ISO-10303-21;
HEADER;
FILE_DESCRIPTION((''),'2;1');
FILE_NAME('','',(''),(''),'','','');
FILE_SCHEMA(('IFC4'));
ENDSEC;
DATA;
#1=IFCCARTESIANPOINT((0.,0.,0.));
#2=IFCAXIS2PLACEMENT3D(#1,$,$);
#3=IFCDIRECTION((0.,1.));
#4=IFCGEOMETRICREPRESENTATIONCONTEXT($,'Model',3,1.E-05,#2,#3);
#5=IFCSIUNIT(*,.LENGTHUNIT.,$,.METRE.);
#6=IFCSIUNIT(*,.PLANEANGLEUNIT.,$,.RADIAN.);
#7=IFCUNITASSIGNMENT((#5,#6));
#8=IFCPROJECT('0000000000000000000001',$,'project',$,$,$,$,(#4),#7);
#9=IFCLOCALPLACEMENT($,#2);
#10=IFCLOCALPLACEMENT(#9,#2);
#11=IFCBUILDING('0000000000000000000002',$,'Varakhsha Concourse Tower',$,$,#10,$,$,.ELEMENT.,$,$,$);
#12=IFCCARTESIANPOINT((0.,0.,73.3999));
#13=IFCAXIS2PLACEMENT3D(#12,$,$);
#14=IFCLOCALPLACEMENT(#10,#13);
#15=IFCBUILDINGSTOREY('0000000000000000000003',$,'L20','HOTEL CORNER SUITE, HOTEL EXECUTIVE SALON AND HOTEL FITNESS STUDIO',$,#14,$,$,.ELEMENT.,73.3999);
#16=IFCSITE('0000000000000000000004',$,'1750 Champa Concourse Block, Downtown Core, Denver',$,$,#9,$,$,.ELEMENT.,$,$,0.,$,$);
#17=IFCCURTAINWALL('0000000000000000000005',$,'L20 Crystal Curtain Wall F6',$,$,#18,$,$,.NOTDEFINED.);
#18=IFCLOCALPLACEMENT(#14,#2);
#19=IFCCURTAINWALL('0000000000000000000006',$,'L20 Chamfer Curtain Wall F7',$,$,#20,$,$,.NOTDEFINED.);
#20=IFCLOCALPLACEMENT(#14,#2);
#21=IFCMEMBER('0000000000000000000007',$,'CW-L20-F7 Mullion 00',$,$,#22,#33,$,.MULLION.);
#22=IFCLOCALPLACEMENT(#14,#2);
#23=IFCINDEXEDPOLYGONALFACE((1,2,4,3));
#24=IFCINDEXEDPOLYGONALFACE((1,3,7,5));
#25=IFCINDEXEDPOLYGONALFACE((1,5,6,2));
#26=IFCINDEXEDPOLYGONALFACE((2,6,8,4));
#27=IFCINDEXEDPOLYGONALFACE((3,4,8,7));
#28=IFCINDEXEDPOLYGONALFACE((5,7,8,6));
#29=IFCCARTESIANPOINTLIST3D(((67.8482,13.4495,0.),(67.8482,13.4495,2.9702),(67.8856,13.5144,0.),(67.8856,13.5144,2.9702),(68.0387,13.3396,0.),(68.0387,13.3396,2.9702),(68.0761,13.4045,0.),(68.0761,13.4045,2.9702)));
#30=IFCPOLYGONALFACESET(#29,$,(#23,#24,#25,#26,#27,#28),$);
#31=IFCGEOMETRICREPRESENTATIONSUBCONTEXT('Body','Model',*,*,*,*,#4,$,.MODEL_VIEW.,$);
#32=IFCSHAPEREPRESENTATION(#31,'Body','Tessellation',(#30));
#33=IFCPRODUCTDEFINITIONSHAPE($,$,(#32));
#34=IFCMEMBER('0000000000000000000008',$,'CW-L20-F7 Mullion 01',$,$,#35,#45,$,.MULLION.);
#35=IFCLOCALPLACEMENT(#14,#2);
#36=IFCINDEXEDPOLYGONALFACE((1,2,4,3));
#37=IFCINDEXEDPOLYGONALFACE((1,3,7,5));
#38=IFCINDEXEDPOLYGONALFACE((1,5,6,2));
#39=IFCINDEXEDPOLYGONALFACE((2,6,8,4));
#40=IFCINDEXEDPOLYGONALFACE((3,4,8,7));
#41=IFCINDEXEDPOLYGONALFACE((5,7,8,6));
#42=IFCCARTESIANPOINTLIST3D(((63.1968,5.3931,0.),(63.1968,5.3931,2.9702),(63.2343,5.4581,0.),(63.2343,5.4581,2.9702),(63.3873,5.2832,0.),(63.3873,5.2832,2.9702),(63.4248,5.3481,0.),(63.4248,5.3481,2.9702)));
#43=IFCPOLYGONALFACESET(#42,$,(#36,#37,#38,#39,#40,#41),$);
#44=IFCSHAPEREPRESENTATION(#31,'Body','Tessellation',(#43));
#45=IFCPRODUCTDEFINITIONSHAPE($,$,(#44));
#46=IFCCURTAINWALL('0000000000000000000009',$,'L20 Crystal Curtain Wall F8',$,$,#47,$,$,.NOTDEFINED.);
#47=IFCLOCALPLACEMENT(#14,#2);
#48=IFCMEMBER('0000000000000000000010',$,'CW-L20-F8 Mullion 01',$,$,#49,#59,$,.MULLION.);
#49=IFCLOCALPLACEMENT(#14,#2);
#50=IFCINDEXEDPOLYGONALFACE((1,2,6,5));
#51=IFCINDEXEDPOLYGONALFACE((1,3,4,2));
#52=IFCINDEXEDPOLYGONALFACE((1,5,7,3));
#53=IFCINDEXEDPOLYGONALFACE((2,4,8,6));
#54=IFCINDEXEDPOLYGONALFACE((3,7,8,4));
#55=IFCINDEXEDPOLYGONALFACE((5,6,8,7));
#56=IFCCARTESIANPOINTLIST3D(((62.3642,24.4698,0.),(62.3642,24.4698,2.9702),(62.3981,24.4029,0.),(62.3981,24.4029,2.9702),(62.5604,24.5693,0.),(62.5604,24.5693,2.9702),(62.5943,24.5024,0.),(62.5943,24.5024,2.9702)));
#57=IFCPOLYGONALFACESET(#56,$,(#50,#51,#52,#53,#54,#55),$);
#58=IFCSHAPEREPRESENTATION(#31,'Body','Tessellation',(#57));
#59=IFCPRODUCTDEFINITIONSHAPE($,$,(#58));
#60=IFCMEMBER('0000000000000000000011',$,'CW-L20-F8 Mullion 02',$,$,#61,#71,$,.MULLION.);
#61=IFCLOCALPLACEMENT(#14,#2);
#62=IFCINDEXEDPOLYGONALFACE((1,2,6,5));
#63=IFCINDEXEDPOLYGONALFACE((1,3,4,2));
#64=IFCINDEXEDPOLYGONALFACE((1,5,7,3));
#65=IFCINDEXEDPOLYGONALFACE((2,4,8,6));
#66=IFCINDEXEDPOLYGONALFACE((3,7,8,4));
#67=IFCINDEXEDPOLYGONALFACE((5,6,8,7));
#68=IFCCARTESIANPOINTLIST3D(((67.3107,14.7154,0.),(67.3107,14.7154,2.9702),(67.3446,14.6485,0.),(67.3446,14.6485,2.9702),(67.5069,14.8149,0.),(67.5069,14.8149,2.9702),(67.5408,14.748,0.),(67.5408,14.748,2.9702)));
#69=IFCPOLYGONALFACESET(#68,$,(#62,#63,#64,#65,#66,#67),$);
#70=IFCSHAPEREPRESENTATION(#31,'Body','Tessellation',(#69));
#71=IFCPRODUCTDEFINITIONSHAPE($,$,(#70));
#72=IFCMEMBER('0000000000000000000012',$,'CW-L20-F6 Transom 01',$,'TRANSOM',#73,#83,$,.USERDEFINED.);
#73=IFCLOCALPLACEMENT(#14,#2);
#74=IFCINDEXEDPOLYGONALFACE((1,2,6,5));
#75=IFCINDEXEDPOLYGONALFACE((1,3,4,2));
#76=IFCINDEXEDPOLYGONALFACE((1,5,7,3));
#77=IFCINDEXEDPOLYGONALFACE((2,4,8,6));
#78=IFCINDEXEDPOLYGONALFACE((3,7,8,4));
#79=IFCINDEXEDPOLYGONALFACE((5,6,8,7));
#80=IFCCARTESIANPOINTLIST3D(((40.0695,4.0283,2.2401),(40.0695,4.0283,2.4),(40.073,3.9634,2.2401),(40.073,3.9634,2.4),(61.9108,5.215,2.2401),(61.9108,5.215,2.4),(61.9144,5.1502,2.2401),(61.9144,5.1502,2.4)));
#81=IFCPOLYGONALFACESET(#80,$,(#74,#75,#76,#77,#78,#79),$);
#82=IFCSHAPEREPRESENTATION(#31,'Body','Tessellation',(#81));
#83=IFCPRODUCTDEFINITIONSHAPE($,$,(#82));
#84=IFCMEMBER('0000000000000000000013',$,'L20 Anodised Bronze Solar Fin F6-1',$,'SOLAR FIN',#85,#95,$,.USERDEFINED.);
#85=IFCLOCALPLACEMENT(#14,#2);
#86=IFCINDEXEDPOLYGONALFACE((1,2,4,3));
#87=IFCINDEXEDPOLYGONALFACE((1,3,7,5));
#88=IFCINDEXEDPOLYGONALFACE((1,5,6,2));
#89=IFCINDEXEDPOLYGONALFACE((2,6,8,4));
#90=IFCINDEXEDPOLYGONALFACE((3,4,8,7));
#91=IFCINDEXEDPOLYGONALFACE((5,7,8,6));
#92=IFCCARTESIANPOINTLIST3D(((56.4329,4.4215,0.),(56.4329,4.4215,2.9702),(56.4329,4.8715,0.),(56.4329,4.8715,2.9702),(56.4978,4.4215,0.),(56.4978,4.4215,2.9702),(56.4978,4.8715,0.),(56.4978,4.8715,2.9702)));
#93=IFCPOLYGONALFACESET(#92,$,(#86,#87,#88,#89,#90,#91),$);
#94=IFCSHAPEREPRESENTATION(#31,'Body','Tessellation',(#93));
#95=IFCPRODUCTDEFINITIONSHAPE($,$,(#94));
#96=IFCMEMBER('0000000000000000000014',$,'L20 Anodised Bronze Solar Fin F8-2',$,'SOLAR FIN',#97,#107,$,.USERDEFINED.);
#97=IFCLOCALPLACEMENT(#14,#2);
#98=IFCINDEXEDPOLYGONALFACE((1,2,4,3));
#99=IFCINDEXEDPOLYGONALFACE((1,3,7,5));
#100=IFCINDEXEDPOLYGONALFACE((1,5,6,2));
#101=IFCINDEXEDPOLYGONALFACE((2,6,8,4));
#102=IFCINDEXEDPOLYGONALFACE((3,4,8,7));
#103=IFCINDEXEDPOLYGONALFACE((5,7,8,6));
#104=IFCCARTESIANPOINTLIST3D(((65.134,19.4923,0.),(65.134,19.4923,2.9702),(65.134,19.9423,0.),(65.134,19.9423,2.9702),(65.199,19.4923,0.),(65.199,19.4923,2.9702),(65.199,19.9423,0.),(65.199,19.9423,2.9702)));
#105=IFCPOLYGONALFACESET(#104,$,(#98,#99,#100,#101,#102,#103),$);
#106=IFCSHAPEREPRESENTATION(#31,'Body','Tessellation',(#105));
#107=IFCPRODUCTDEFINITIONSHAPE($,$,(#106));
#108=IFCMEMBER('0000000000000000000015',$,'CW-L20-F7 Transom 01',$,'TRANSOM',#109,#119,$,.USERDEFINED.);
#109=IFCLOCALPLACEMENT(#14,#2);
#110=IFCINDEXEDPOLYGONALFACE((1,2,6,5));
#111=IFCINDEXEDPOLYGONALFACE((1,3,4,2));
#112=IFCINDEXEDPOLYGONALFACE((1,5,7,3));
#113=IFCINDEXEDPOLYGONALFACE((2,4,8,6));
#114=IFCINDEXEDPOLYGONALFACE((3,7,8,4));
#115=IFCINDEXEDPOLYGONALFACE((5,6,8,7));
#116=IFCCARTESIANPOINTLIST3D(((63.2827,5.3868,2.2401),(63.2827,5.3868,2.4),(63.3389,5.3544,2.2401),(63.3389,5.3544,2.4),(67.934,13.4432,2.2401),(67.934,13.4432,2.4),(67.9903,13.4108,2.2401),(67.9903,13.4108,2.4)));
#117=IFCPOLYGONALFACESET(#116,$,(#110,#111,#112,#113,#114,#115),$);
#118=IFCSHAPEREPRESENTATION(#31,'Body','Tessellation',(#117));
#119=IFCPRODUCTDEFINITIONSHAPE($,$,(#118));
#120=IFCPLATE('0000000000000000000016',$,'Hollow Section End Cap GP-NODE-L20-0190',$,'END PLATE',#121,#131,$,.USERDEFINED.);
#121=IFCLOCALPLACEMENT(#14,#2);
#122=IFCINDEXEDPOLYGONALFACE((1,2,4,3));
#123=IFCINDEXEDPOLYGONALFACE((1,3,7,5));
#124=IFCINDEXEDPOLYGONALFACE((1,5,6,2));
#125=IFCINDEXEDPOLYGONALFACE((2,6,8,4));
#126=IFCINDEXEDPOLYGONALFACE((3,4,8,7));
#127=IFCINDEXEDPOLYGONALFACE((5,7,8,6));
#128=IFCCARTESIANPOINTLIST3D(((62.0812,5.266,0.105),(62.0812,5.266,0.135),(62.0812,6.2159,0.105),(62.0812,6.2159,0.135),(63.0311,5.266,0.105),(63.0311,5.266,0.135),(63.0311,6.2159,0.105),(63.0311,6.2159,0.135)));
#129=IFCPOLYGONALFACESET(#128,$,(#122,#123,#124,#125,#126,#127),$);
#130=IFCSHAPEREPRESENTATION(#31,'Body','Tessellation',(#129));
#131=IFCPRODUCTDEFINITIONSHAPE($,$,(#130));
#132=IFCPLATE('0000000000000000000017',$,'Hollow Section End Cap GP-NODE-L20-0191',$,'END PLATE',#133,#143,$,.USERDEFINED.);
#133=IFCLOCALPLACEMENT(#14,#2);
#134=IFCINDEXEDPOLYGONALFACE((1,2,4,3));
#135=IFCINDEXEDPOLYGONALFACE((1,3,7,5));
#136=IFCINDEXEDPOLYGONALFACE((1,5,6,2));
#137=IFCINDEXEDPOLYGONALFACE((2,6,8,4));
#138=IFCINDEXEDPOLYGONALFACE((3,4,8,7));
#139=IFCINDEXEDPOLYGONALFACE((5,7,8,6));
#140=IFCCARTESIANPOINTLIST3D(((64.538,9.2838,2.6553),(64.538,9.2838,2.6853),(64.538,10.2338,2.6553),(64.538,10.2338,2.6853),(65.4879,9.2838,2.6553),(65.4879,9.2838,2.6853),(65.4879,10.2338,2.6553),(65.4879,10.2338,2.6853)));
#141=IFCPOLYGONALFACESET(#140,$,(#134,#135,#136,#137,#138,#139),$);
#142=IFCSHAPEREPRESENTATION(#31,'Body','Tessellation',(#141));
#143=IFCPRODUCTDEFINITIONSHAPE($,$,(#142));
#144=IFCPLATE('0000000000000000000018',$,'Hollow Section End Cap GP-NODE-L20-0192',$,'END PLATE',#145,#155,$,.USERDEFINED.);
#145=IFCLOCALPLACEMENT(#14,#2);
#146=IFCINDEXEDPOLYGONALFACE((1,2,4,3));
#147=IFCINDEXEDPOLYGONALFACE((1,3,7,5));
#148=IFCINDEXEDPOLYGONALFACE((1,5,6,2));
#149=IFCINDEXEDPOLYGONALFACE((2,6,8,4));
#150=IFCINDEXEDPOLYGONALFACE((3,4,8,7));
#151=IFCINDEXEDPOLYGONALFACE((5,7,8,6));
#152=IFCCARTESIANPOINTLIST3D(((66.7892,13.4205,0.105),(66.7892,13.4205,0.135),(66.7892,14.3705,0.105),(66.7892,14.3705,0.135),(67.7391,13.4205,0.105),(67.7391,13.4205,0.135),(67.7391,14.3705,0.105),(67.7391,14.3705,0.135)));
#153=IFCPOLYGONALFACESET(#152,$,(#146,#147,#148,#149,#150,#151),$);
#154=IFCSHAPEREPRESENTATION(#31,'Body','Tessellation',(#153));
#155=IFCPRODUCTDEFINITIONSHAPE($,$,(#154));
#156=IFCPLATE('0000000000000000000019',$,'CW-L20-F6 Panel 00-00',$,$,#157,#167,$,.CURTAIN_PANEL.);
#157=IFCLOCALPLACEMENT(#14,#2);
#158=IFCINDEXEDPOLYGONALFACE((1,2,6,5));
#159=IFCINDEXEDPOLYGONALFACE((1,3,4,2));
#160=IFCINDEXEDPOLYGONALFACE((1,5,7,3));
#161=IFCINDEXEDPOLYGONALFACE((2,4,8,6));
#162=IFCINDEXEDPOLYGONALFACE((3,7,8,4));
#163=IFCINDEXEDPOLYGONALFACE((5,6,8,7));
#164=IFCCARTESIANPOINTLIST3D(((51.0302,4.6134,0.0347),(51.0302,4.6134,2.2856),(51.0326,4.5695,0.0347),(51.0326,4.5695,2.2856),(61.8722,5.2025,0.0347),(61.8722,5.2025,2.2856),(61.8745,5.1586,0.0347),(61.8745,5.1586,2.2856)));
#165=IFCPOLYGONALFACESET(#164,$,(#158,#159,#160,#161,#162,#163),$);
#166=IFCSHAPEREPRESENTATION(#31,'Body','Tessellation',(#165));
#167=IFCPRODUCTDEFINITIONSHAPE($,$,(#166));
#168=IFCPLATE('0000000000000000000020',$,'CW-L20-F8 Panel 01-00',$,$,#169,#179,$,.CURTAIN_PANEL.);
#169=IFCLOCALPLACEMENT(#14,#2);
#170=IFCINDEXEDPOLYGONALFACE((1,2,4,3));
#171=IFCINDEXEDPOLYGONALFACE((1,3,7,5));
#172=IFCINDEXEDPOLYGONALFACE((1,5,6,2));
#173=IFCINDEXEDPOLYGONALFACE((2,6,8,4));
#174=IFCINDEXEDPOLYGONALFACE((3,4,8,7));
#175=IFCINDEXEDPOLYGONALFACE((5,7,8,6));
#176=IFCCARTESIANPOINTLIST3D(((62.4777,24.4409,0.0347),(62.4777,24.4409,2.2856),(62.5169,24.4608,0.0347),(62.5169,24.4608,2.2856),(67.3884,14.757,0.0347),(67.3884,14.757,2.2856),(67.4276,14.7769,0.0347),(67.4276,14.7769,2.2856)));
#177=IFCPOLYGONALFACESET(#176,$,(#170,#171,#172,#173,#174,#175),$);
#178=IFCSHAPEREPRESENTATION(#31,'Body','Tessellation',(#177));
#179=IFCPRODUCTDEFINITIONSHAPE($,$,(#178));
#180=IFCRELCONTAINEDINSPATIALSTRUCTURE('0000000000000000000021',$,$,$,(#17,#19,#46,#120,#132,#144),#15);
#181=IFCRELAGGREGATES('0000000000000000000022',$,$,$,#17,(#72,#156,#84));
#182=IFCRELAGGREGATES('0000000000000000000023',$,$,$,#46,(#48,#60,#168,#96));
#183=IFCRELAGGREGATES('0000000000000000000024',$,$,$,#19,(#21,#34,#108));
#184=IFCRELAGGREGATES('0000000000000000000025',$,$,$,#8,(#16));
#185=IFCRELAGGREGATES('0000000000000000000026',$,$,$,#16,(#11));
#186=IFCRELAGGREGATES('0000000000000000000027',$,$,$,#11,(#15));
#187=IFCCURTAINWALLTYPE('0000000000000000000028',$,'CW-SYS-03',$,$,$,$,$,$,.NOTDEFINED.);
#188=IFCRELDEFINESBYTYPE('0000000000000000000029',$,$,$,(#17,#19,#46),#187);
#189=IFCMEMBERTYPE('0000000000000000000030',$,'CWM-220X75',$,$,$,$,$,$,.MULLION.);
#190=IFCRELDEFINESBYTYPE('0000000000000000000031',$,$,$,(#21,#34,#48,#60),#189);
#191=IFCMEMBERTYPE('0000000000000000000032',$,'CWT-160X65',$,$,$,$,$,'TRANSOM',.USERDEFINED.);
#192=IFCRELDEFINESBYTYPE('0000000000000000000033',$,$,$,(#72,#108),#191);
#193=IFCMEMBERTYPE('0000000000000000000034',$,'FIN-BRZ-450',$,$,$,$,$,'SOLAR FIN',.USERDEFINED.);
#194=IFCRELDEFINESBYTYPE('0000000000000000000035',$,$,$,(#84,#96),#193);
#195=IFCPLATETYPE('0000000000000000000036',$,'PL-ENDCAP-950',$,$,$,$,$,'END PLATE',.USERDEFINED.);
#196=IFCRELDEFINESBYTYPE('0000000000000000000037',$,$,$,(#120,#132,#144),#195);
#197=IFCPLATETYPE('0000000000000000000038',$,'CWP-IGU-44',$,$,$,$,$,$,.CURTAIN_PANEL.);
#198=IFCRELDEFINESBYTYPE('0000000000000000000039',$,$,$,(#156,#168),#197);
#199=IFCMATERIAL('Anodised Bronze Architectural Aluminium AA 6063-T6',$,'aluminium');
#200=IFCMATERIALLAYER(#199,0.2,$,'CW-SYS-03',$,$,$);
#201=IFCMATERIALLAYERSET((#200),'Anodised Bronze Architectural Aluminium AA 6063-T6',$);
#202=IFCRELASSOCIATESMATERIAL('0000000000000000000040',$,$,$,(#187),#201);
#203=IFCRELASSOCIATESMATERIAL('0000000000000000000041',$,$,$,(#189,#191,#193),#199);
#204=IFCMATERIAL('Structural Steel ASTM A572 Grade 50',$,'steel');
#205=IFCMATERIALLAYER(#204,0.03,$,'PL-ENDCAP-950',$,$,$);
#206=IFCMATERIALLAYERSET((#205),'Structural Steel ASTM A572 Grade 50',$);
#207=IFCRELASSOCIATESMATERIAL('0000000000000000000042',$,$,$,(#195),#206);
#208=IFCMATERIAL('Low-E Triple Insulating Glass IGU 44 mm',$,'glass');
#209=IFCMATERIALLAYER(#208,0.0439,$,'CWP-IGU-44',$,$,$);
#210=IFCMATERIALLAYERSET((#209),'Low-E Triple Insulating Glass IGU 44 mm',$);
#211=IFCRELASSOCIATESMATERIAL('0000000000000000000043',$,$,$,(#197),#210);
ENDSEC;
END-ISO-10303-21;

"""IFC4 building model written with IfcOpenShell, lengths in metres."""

from ifc_helpers import new_model, si_unit, direction, frame, origin, origin_2d, place, context, subcontext, project, spatial, rectangle, extrude, source, transform, mapped, material, layer, layer_set, material_profile, profile_set, type_object, type_shapes, element, aggregate, save


model = new_model("IFC4")

# Units and contexts
model_context = context("Model", 3, precision=1e-05, world=origin(), true_north=direction((0.0, 1.0)))
body_context = subcontext(model_context, "Body", "Model", "MODEL_VIEW")
ifc_project = project(units=[si_unit("LENGTHUNIT", "METRE"), si_unit("PLANEANGLEUNIT", "RADIAN")], contexts=[model_context])

# Site, building, storey
site_placement = place(None, origin())
site = spatial("IfcSite", under=ifc_project, at=site_placement, Name="1750 Champa Concourse Block, Downtown Core, Denver", CompositionType="ELEMENT", RefElevation=0.0)
building_placement = place(site_placement, origin())
building = spatial("IfcBuilding", under=site, at=building_placement, Name="Varakhsha Concourse Tower", CompositionType="ELEMENT")
storey_placement = place(building_placement, frame((0.0, 0.0, 73.3999)))
storey = spatial("IfcBuildingStorey", under=building, at=storey_placement, Name="L20", Description="HOTEL CORNER SUITE, HOTEL EXECUTIVE SALON AND HOTEL FITNESS STUDIO", CompositionType="ELEMENT", Elevation=73.3999)

# Shared definitions
ifc_material_1 = material(Name="Structural Steel ASTM A572 Grade 50", Category="steel")

# Curtain wall
ifc_material_2 = material(Name="Anodised Bronze Architectural Aluminium AA 6063-T6", Category="aluminium")
ifc_layer_1 = layer(ifc_material_2, 0.2, Name="CW-SYS-03")
ifc_layer_set_1 = layer_set([ifc_layer_1], Name="Anodised Bronze Architectural Aluminium AA 6063-T6")
curtain_wall_type = type_object("IfcCurtainWallType", Name="CW-SYS-03", PredefinedType="NOTDEFINED", material=ifc_layer_set_1)
curtain_wall_1_placement = place(storey_placement, origin())
curtain_wall_1 = element("IfcCurtainWall", 1, at=curtain_wall_1_placement, inside=storey, type_object=curtain_wall_type, Name="L20 Crystal Curtain Wall F6", PredefinedType="NOTDEFINED")
ifc_material_profile_1 = material_profile(ifc_material_2, rectangle(XDim=0.075, YDim=0.22, at=origin_2d()), Name="CWM-220X75")
ifc_profile_set_1 = profile_set([ifc_material_profile_1], Name="Anodised Bronze Architectural Aluminium AA 6063-T6")
member_type_1 = type_object("IfcMemberType", Name="CWM-220X75", PredefinedType="MULLION", material=ifc_profile_set_1)
shared_shape_1 = source(origin(), body_context, "Body", "SweptSolid", [
    extrude(rectangle(XDim=0.075, YDim=0.22, at=origin_2d()), origin(), (0.0, 0.0, 1.0), 2.9702),
])
type_shapes(member_type_1, [shared_shape_1])

# Curtain walls, members
curtain_wall_2_placement = place(storey_placement, origin())
curtain_wall_2 = element("IfcCurtainWall", 2, at=curtain_wall_2_placement, inside=storey, type_object=curtain_wall_type, Name="L20 Chamfer Curtain Wall F7", PredefinedType="NOTDEFINED")
member_1_placement = place(storey_placement, frame((67.9622, 13.427, 0.0), z_axis=(0.0, 0.0, 1.0), x_axis=(-0.499994, -0.866029, 0.0)))
member_1 = element("IfcMember", 3, at=member_1_placement, type_object=member_type_1, Name="CW-L20-F7 Mullion 00", PredefinedType="MULLION", context=body_context, shape_type="MappedRepresentation", body=[
    mapped(shared_shape_1, transform((0.0, 0.0, 0.0), scale=1.0)),
])
member_2_placement = place(storey_placement, frame((63.3108, 5.3706, 0.0), z_axis=(0.0, 0.0, 1.0), x_axis=(-0.499994, -0.866029, 0.0)))
member_2 = element("IfcMember", 4, at=member_2_placement, type_object=member_type_1, Name="CW-L20-F7 Mullion 01", PredefinedType="MULLION", context=body_context, shape_type="MappedRepresentation", body=[
    mapped(shared_shape_1, transform((0.0, 0.0, 0.0), scale=1.0)),
])
curtain_wall_3_placement = place(storey_placement, origin())
curtain_wall_3 = element("IfcCurtainWall", 5, at=curtain_wall_3_placement, inside=storey, type_object=curtain_wall_type, Name="L20 Crystal Curtain Wall F8", PredefinedType="NOTDEFINED")
member_3_placement = place(storey_placement, frame((62.4792, 24.4861, 0.0), z_axis=(0.0, 0.0, 1.0), x_axis=(0.452274, -0.891879, 0.0)))
member_3 = element("IfcMember", 6, at=member_3_placement, type_object=member_type_1, Name="CW-L20-F8 Mullion 01", PredefinedType="MULLION", context=body_context, shape_type="MappedRepresentation", body=[
    mapped(shared_shape_1, transform((0.0, 0.0, 0.0), scale=1.0)),
])
member_4_placement = place(storey_placement, frame((67.4258, 14.7317, 0.0), z_axis=(0.0, 0.0, 1.0), x_axis=(0.452274, -0.891879, 0.0)))
member_4 = element("IfcMember", 7, at=member_4_placement, type_object=member_type_1, Name="CW-L20-F8 Mullion 02", PredefinedType="MULLION", context=body_context, shape_type="MappedRepresentation", body=[
    mapped(shared_shape_1, transform((0.0, 0.0, 0.0), scale=1.0)),
])

# Members
ifc_material_profile_2 = material_profile(ifc_material_2, rectangle(XDim=0.0649, YDim=0.1599, at=origin_2d()), Name="CWT-160X65")
ifc_profile_set_2 = profile_set([ifc_material_profile_2], Name="Anodised Bronze Architectural Aluminium AA 6063-T6")
member_type_2 = type_object("IfcMemberType", Name="CWT-160X65", ElementType="TRANSOM", PredefinedType="USERDEFINED", material=ifc_profile_set_2)
shared_shape_2 = source(origin(), body_context, "Body", "SweptSolid", [
    extrude(rectangle(XDim=0.0649, YDim=0.1599, at=origin_2d()), origin(), (0.0, 0.0, 1.0), 21.8735),
])
member_5_placement = place(storey_placement, frame((61.9126, 5.1826, 2.3201), z_axis=(-0.998527, -0.054256, 0.0), x_axis=(0.054256, -0.998527, 0.0)))
member_5 = element("IfcMember", 8, at=member_5_placement, type_object=member_type_2, Name="CW-L20-F6 Transom 01", ObjectType="TRANSOM", PredefinedType="USERDEFINED", context=body_context, shape_type="MappedRepresentation", body=[
    mapped(shared_shape_2, transform((0.0, 0.0, 0.0), scale=1.0)),
])
ifc_material_profile_3 = material_profile(ifc_material_2, rectangle(XDim=0.0649, YDim=0.45, at=origin_2d()), Name="FIN-BRZ-450")
ifc_profile_set_3 = profile_set([ifc_material_profile_3], Name="Anodised Bronze Architectural Aluminium AA 6063-T6")
member_type_3 = type_object("IfcMemberType", Name="FIN-BRZ-450", ElementType="SOLAR FIN", PredefinedType="USERDEFINED", material=ifc_profile_set_3)
shared_shape_3 = source(origin(), body_context, "Body", "SweptSolid", [
    extrude(rectangle(XDim=0.0649, YDim=0.45, at=origin_2d()), origin(), (0.0, 0.0, 1.0), 2.9702),
])
type_shapes(member_type_3, [shared_shape_3])
member_6_placement = place(storey_placement, frame((56.4653, 4.6465, 0.0), z_axis=(0.0, 0.0, 1.0), x_axis=(1.0, 0.0, 0.0)))
member_6 = element("IfcMember", 9, at=member_6_placement, type_object=member_type_3, Name="L20 Anodised Bronze Solar Fin F6-1", ObjectType="SOLAR FIN", PredefinedType="USERDEFINED", context=body_context, shape_type="MappedRepresentation", body=[
    mapped(shared_shape_3, transform((0.0, 0.0, 0.0), scale=1.0)),
])
member_7_placement = place(storey_placement, frame((65.1665, 19.7173, 0.0), z_axis=(0.0, 0.0, 1.0), x_axis=(1.0, 0.0, 0.0)))
member_7 = element("IfcMember", 10, at=member_7_placement, type_object=member_type_3, Name="L20 Anodised Bronze Solar Fin F8-2", ObjectType="SOLAR FIN", PredefinedType="USERDEFINED", context=body_context, shape_type="MappedRepresentation", body=[
    mapped(shared_shape_3, transform((0.0, 0.0, 0.0), scale=1.0)),
])
shared_shape_4 = source(origin(), body_context, "Body", "SweptSolid", [
    extrude(rectangle(XDim=0.0649, YDim=0.1599, at=origin_2d()), origin(), (0.0, 0.0, 1.0), 9.3027),
])
type_shapes(member_type_2, [shared_shape_2, shared_shape_4])
member_8_placement = place(storey_placement, frame((67.9622, 13.427, 2.3201), z_axis=(-0.5, -0.866025, 0.0), x_axis=(0.866025, -0.5, 0.0)))
member_8 = element("IfcMember", 11, at=member_8_placement, type_object=member_type_2, Name="CW-L20-F7 Transom 01", ObjectType="TRANSOM", PredefinedType="USERDEFINED", context=body_context, shape_type="MappedRepresentation", body=[
    mapped(shared_shape_4, transform((0.0, 0.0, 0.0), scale=1.0)),
])

# Plates
ifc_layer_2 = layer(ifc_material_1, 0.03, Name="PL-ENDCAP-950")
ifc_layer_set_2 = layer_set([ifc_layer_2], Name="Structural Steel ASTM A572 Grade 50")
plate_type_1 = type_object("IfcPlateType", Name="PL-ENDCAP-950", ElementType="END PLATE", PredefinedType="USERDEFINED", material=ifc_layer_set_2)
shared_shape_5 = source(origin(), body_context, "Body", "SweptSolid", [
    extrude(rectangle(XDim=0.95, YDim=0.95, at=origin_2d()), origin(), (0.0, 0.0, 1.0), 0.03),
])
type_shapes(plate_type_1, [shared_shape_5])
for number, where, z_axis, x_axis, name in (
    (12, (62.5562, 5.741, 0.105), (0.0, 0.0, 1.0), (1.0, 0.0, 0.0), "Hollow Section End Cap GP-NODE-L20-0190"),
    (13, (65.0129, 9.7588, 2.6553), (0.0, 0.0, 1.0), (1.0, 0.0, 0.0), "Hollow Section End Cap GP-NODE-L20-0191"),
    (14, (67.2642, 13.8955, 0.105), (0.0, 0.0, 1.0), (1.0, 0.0, 0.0), "Hollow Section End Cap GP-NODE-L20-0192"),
):
    element("IfcPlate", number, at=place(storey_placement, frame(where, z_axis=z_axis, x_axis=x_axis)), inside=storey, type_object=plate_type_1, Name=name, ObjectType="END PLATE", PredefinedType="USERDEFINED", context=body_context, shape_type="MappedRepresentation", body=[
        mapped(shared_shape_5, transform((0.0, 0.0, 0.0), scale=1.0)),
    ])

# Plates
ifc_material_3 = material(Name="Low-E Triple Insulating Glass IGU 44 mm", Category="glass")
ifc_layer_3 = layer(ifc_material_3, 0.0439, Name="CWP-IGU-44")
ifc_layer_set_3 = layer_set([ifc_layer_3], Name="Low-E Triple Insulating Glass IGU 44 mm")
plate_type_2 = type_object("IfcPlateType", Name="CWP-IGU-44", PredefinedType="CURTAIN_PANEL", material=ifc_layer_set_3)
shared_shape_6 = source(origin(), body_context, "Body", "SweptSolid", [
    extrude(rectangle(XDim=10.8579, YDim=0.0439, at=origin_2d()), origin(), (0.0, 0.0, 1.0), 2.251),
])
type_shapes(plate_type_2, [shared_shape_6])
plate_1_placement = place(storey_placement, frame((56.4524, 4.886, 0.0347), z_axis=(0.0, 0.0, 1.0), x_axis=(-0.998527, -0.054257, 0.0)))
plate_1 = element("IfcPlate", 15, at=plate_1_placement, type_object=plate_type_2, Name="CW-L20-F6 Panel 00-00", PredefinedType="CURTAIN_PANEL", context=body_context, shape_type="MappedRepresentation", body=[
    mapped(shared_shape_6, transform((0.0, 0.0, 0.0), scale=1.0)),
])
plate_2_placement = place(storey_placement, frame((64.9526, 19.6089, 0.0347), z_axis=(0.0, 0.0, 1.0), x_axis=(0.452274, -0.891879, 0.0)))
plate_2 = element("IfcPlate", 16, at=plate_2_placement, type_object=plate_type_2, Name="CW-L20-F8 Panel 01-00", PredefinedType="CURTAIN_PANEL", context=body_context, shape_type="MappedRepresentation", body=[
    mapped(shared_shape_6, transform((0.0, 0.0, 0.0), scale=1.0)),
])
aggregate(curtain_wall_1, [member_5, plate_1, member_6])
aggregate(curtain_wall_3, [member_3, member_4, plate_2, member_7])
aggregate(curtain_wall_2, [member_1, member_2, member_8])

save(model, "model.ifc")
